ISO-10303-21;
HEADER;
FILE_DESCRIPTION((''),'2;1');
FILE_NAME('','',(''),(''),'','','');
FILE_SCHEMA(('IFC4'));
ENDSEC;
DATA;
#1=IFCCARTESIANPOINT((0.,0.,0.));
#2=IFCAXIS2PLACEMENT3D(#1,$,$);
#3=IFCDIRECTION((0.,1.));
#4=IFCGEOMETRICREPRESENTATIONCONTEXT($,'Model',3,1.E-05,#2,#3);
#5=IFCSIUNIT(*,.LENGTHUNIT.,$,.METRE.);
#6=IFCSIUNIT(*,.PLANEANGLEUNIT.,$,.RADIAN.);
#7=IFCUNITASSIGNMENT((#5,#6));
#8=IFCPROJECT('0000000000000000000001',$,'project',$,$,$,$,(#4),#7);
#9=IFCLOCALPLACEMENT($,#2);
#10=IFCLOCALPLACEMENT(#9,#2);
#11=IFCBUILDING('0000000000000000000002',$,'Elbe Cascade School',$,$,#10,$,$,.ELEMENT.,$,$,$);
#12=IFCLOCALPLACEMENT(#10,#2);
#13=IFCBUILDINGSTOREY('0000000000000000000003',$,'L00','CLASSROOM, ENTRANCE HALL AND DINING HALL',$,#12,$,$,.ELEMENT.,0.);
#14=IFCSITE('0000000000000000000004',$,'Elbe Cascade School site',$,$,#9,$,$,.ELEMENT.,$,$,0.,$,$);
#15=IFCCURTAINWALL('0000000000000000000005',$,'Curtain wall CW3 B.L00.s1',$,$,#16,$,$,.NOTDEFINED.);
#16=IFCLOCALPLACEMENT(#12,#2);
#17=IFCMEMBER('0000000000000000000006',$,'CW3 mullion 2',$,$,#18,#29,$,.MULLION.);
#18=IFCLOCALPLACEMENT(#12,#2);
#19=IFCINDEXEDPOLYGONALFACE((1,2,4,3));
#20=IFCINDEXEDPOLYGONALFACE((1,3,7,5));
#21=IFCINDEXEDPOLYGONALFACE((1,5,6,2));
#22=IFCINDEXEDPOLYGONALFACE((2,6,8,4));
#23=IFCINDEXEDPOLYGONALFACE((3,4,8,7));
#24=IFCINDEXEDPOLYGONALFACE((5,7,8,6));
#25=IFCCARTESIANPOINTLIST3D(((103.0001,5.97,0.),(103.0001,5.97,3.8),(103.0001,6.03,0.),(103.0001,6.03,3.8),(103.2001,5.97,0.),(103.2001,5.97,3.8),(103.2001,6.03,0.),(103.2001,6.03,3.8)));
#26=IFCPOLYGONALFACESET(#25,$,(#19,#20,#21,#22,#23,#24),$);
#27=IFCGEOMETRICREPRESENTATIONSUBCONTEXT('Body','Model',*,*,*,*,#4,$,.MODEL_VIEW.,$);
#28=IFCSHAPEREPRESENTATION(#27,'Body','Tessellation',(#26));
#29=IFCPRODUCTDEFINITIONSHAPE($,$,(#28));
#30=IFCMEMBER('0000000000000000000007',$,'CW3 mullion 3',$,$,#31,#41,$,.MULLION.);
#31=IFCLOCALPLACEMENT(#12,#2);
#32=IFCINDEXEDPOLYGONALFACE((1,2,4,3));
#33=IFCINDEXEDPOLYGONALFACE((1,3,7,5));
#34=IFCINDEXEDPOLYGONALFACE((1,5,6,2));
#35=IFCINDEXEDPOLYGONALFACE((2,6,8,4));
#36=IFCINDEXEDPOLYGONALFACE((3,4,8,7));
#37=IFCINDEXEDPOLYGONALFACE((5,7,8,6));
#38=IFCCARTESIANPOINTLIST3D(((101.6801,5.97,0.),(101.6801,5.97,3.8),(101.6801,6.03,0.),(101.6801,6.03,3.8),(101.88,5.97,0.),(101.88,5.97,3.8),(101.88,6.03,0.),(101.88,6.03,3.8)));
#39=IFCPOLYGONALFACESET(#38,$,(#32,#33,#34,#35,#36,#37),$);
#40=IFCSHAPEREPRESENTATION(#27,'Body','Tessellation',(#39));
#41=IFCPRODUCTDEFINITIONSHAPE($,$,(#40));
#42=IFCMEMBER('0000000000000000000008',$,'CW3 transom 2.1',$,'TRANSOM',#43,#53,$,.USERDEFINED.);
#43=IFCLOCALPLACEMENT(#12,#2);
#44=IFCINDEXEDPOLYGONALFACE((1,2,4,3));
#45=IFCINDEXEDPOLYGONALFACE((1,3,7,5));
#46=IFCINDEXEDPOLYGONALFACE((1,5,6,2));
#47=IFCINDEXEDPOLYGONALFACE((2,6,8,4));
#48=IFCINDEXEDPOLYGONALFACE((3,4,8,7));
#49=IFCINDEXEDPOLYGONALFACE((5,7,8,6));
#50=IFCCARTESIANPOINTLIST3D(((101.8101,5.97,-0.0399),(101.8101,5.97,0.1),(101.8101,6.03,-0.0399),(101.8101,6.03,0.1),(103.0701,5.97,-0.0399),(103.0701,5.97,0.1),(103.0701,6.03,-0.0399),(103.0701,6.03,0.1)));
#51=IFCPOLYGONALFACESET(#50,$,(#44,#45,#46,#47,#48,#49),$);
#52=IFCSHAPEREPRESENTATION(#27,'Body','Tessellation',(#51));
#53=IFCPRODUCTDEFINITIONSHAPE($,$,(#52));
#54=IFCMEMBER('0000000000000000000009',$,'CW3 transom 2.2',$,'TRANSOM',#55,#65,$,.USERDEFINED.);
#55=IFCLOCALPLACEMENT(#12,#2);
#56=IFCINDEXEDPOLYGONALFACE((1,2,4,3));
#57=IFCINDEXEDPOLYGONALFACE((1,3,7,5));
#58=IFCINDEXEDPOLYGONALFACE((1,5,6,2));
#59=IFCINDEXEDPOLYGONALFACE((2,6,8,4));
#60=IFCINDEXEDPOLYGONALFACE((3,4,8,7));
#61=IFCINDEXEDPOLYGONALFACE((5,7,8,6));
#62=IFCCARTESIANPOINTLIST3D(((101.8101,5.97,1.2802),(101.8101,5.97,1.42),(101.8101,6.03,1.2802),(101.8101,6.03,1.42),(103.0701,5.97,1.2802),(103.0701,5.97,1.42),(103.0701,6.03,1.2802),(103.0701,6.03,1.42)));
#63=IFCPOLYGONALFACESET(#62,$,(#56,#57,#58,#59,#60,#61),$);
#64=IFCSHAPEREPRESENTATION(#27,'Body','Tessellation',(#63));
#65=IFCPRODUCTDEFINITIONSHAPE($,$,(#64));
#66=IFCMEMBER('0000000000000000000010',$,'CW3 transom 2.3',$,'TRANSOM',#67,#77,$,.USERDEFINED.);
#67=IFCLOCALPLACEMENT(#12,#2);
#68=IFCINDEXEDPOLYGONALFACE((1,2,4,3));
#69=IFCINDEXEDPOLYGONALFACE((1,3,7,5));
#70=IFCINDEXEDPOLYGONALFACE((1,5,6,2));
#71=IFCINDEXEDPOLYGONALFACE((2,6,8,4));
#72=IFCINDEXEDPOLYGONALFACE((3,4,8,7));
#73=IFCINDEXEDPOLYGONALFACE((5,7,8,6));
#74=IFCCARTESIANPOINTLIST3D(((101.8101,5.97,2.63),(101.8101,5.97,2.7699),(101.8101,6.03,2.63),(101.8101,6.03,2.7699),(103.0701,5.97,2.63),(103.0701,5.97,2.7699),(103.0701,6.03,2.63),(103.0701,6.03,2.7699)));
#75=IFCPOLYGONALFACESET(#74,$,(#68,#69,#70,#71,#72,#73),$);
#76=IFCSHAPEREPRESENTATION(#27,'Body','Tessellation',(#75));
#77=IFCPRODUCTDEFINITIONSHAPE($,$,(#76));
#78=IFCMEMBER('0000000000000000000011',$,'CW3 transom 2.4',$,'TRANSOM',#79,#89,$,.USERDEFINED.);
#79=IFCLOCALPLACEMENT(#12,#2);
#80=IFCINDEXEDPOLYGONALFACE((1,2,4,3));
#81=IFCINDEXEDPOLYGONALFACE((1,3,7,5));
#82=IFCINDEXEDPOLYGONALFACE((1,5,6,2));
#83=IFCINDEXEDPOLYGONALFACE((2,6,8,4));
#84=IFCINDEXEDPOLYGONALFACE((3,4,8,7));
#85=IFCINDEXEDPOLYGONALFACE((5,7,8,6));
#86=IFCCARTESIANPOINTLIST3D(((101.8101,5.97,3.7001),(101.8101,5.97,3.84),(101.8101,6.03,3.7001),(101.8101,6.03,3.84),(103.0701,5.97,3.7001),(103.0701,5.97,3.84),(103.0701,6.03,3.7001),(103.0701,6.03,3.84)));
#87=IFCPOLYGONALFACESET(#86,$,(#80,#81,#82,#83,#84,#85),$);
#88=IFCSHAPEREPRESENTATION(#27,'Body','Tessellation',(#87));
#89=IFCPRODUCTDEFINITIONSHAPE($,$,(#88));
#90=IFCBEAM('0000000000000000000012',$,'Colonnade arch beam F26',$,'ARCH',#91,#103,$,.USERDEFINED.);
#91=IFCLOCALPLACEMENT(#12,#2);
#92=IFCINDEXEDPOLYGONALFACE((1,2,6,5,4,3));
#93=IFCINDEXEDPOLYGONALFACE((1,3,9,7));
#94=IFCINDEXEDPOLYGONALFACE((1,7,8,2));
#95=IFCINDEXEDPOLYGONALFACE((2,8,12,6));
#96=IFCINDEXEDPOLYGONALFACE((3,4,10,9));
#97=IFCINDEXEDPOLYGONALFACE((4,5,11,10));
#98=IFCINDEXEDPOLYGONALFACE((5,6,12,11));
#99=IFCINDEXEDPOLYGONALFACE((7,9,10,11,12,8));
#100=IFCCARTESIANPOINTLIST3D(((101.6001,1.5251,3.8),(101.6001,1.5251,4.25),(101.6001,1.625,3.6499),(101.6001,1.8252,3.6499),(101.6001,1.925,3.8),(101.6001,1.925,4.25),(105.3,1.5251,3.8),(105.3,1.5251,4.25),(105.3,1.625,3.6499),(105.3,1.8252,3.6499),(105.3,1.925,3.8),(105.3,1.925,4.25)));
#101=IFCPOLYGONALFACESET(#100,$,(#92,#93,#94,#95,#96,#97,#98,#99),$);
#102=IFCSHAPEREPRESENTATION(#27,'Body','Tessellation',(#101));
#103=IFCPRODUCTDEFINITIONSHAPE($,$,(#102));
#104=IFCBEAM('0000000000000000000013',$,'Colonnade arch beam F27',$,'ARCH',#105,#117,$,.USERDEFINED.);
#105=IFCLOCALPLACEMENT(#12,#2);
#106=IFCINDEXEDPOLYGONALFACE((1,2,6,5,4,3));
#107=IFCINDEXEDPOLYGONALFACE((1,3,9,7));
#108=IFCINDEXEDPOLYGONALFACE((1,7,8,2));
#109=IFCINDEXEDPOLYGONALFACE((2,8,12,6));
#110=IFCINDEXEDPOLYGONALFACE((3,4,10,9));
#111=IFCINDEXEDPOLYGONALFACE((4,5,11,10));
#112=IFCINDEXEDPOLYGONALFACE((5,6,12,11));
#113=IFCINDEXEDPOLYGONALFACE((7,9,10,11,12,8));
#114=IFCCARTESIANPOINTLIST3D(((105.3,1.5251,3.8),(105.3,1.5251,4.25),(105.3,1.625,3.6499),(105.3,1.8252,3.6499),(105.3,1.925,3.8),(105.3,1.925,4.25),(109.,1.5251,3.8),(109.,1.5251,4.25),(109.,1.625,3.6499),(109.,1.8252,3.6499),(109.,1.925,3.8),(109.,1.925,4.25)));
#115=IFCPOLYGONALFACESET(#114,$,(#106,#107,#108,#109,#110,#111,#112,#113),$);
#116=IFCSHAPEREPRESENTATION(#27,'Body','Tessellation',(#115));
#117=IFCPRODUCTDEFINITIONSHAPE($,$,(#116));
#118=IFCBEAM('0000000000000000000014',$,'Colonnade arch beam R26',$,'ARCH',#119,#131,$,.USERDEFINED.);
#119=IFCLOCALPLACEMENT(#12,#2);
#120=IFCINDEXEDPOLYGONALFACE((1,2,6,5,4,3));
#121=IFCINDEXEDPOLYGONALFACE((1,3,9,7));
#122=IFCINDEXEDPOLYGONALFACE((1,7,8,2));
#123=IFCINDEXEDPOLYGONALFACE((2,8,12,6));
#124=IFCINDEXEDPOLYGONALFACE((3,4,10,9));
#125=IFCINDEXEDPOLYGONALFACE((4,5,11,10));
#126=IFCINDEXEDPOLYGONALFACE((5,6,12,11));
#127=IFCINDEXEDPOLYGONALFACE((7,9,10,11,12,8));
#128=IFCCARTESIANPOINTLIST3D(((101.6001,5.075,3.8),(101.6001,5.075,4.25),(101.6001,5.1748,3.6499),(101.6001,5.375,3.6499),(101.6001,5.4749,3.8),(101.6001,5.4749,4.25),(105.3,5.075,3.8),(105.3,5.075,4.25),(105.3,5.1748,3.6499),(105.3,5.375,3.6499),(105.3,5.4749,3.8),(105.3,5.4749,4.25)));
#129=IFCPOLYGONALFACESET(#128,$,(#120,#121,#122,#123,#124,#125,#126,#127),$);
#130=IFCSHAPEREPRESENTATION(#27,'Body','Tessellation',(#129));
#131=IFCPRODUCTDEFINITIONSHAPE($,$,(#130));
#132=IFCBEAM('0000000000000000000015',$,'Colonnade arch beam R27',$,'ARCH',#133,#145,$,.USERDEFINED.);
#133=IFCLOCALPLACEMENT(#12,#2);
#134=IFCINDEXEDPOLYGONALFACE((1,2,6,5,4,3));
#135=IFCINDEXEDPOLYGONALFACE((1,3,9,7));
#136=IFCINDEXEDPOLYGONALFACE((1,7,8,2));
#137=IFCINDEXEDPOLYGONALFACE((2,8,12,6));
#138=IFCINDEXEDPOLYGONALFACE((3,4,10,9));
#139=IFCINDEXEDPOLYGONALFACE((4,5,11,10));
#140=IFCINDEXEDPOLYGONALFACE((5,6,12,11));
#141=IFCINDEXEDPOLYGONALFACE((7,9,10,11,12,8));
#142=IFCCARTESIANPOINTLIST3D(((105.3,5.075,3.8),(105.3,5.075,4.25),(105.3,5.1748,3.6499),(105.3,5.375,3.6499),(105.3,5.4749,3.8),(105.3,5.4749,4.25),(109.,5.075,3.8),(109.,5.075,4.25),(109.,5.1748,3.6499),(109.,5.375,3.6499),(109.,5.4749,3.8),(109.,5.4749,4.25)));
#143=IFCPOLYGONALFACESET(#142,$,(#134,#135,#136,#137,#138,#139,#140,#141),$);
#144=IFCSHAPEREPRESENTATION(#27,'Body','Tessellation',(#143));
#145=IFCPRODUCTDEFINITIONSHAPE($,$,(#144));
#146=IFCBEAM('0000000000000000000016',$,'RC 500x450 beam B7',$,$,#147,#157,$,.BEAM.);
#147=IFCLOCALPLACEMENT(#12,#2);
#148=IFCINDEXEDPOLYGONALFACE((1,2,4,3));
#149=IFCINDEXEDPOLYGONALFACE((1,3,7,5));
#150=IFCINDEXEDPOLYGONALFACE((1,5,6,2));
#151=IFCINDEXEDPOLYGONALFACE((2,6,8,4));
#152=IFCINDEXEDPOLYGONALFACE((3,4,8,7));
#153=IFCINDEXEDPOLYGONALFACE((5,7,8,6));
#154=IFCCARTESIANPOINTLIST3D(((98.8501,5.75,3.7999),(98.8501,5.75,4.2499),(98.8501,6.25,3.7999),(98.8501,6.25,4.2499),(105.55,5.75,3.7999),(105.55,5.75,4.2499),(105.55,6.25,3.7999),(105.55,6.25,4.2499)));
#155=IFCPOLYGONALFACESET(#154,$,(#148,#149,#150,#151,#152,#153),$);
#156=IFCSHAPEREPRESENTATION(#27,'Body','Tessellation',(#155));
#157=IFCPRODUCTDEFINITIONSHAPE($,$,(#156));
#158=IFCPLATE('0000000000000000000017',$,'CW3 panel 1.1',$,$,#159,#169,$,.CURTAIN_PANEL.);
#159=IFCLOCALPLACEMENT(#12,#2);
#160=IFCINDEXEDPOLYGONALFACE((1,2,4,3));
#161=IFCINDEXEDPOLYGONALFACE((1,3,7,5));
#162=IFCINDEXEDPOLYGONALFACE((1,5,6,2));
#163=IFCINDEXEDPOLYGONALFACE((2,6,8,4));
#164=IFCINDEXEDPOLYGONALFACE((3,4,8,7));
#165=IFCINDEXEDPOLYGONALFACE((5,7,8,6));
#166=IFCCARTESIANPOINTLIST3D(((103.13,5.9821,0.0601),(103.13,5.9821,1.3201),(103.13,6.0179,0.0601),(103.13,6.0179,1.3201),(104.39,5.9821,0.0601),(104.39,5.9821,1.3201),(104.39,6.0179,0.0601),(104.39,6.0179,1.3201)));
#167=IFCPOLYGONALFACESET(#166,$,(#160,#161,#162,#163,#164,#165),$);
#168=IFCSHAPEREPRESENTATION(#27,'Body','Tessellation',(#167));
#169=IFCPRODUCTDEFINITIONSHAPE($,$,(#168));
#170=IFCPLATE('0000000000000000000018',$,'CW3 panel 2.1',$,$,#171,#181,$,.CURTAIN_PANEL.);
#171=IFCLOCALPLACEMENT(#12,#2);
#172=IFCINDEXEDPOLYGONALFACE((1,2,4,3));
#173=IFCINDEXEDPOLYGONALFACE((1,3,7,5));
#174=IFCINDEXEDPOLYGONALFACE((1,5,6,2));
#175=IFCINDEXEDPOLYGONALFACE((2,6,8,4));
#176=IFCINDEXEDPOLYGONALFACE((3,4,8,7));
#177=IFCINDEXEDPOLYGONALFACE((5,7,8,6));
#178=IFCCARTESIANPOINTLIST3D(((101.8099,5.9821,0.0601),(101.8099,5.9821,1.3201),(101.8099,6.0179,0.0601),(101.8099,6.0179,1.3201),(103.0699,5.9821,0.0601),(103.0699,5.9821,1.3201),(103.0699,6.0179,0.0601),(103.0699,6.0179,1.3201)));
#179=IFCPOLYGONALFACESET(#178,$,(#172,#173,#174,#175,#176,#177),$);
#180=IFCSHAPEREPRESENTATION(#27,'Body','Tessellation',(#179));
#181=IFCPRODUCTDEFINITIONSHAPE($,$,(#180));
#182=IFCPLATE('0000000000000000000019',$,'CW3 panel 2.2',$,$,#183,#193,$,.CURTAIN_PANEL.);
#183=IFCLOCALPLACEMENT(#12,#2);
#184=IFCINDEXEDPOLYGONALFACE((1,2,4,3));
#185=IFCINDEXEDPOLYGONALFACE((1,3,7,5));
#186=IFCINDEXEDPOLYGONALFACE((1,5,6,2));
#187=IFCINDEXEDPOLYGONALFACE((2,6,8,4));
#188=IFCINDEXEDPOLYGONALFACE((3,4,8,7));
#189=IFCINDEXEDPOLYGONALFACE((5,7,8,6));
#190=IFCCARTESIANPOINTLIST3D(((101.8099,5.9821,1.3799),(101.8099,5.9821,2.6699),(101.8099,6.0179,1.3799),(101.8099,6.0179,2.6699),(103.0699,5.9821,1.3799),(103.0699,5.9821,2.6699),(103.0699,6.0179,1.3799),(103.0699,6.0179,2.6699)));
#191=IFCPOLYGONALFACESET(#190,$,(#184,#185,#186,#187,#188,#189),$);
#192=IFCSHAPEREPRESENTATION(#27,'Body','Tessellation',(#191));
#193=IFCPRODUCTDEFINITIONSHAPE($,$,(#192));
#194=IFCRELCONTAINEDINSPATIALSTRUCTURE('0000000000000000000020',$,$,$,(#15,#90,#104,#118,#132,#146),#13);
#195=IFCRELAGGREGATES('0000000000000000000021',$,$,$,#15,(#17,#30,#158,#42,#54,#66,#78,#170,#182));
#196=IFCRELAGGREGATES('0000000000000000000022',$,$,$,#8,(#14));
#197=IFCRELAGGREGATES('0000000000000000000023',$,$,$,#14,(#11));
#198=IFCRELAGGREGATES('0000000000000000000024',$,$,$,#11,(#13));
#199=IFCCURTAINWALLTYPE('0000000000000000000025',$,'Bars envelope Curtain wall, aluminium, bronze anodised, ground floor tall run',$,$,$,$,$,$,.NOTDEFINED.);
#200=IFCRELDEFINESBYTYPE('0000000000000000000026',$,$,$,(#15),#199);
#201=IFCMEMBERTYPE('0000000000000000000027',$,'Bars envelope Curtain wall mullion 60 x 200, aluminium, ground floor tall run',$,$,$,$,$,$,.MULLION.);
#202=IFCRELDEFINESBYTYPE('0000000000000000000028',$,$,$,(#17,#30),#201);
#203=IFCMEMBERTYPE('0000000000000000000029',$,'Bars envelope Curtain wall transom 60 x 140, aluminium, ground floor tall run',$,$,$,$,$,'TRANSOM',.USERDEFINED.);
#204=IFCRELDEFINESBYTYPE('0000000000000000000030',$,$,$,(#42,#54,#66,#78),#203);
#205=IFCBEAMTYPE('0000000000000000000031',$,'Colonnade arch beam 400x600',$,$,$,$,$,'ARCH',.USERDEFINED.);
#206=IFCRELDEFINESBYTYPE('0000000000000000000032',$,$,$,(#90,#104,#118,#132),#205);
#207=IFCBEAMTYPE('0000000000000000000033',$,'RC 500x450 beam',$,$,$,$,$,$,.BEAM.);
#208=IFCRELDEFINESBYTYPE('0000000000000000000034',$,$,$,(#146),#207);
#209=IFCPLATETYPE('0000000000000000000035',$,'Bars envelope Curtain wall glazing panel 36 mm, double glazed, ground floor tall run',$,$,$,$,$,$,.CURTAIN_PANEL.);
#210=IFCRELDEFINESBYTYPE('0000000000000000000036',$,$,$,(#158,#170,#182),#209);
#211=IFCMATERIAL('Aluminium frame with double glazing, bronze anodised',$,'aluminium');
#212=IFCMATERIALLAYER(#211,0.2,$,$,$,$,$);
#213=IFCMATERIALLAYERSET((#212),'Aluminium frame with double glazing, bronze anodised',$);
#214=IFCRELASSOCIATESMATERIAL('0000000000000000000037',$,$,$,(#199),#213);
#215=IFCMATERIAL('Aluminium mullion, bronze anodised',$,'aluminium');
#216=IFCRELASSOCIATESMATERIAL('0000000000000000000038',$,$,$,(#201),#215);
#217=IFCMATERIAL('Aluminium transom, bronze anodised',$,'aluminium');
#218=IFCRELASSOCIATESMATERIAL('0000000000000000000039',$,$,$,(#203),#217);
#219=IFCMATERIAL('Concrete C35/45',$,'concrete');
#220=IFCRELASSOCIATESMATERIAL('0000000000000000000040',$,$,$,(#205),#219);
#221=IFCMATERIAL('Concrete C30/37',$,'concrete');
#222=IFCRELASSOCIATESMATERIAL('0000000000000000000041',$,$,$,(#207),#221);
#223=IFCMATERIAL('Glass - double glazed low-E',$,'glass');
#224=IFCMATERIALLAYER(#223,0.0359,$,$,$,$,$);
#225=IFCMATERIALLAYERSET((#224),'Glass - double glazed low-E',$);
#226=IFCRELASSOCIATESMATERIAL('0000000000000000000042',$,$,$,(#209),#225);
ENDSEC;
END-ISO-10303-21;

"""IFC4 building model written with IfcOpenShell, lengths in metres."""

from ifc_helpers import new_model, si_unit, direction, frame, origin, origin_2d, place, context, subcontext, project, spatial, polyline, rectangle, outline, extrude, material, layer, layer_set, material_profile, profile_set, type_object, element, aggregate, save


model = new_model("IFC4")

# Units and contexts
model_context = context("Model", 3, precision=1e-05, world=origin(), true_north=direction((0.0, 1.0)))
body_context = subcontext(model_context, "Body", "Model", "MODEL_VIEW")
ifc_project = project(units=[si_unit("LENGTHUNIT", "METRE"), si_unit("PLANEANGLEUNIT", "RADIAN")], contexts=[model_context])

# Site, building, storey
site_placement = place(None, origin())
site = spatial("IfcSite", under=ifc_project, at=site_placement, Name="Elbe Cascade School site", CompositionType="ELEMENT", RefElevation=0.0)
building_placement = place(site_placement, origin())
building = spatial("IfcBuilding", under=site, at=building_placement, Name="Elbe Cascade School", CompositionType="ELEMENT")
storey_placement = place(building_placement, origin())
storey = spatial("IfcBuildingStorey", under=building, at=storey_placement, Name="L00", Description="CLASSROOM, ENTRANCE HALL AND DINING HALL", CompositionType="ELEMENT", Elevation=0.0)

# Curtain wall, members
ifc_material_1 = material(Name="Aluminium frame with double glazing, bronze anodised", Category="aluminium")
ifc_layer_1 = layer(ifc_material_1, 0.2)
ifc_layer_set_1 = layer_set([ifc_layer_1], Name="Aluminium frame with double glazing, bronze anodised")
curtain_wall_type = type_object("IfcCurtainWallType", Name="Bars envelope Curtain wall, aluminium, bronze anodised, ground floor tall run", PredefinedType="NOTDEFINED", material=ifc_layer_set_1)
curtain_wall_placement = place(storey_placement, origin())
curtain_wall = element("IfcCurtainWall", 1, at=curtain_wall_placement, inside=storey, type_object=curtain_wall_type, Name="Curtain wall CW3 B.L00.s1", PredefinedType="NOTDEFINED")
ifc_material_2 = material(Name="Aluminium mullion, bronze anodised", Category="aluminium")
ifc_material_profile_1 = material_profile(ifc_material_2, rectangle(XDim=0.0601, YDim=0.2, at=origin_2d()), Name="Bars envelope Curtain wall mullion 60 x 200, aluminium, ground floor tall run")
ifc_profile_set_1 = profile_set([ifc_material_profile_1], Name="Aluminium mullion, bronze anodised")
member_type_1 = type_object("IfcMemberType", Name="Bars envelope Curtain wall mullion 60 x 200, aluminium, ground floor tall run", PredefinedType="MULLION", material=ifc_profile_set_1)
member_1_placement = place(storey_placement, frame((103.1001, 6.0, 0.0), z_axis=(0.0, 0.0, 1.0), x_axis=(0.0, -1.0, 0.0)))
member_1 = element("IfcMember", 2, at=member_1_placement, type_object=member_type_1, Name="CW3 mullion 2", PredefinedType="MULLION", context=body_context, shape_type="SweptSolid", body=[
    extrude(rectangle(XDim=0.0601, YDim=0.2, at=origin_2d()), origin(), (0.0, 0.0, 1.0), 3.8),
])
member_2_placement = place(storey_placement, frame((101.78, 6.0, 0.0), z_axis=(0.0, 0.0, 1.0), x_axis=(0.0, -1.0, 0.0)))
member_2 = element("IfcMember", 3, at=member_2_placement, type_object=member_type_1, Name="CW3 mullion 3", PredefinedType="MULLION", context=body_context, shape_type="SweptSolid", body=[
    extrude(rectangle(XDim=0.0601, YDim=0.2, at=origin_2d()), origin(), (0.0, 0.0, 1.0), 3.8),
])
ifc_material_3 = material(Name="Aluminium transom, bronze anodised", Category="aluminium")
ifc_material_profile_2 = material_profile(ifc_material_3, rectangle(XDim=0.0601, YDim=0.1399, at=origin_2d()), Name="Bars envelope Curtain wall transom 60 x 140, aluminium, ground floor tall run")
ifc_profile_set_2 = profile_set([ifc_material_profile_2], Name="Aluminium transom, bronze anodised")
member_type_2 = type_object("IfcMemberType", Name="Bars envelope Curtain wall transom 60 x 140, aluminium, ground floor tall run", ElementType="TRANSOM", PredefinedType="USERDEFINED", material=ifc_profile_set_2)
member_3_placement = place(storey_placement, frame((103.0701, 6.0, 0.03), z_axis=(-1.0, 0.0, 0.0), x_axis=(0.0, -1.0, 0.0)))
member_3 = element("IfcMember", 4, at=member_3_placement, type_object=member_type_2, Name="CW3 transom 2.1", ObjectType="TRANSOM", PredefinedType="USERDEFINED", context=body_context, shape_type="SweptSolid", body=[
    extrude(rectangle(XDim=0.0601, YDim=0.1399, at=origin_2d()), origin(), (0.0, 0.0, 1.0), 1.26),
])
member_4_placement = place(storey_placement, frame((103.0701, 6.0, 1.3501), z_axis=(-1.0, 0.0, 0.0), x_axis=(0.0, -1.0, 0.0)))
member_4 = element("IfcMember", 5, at=member_4_placement, type_object=member_type_2, Name="CW3 transom 2.2", ObjectType="TRANSOM", PredefinedType="USERDEFINED", context=body_context, shape_type="SweptSolid", body=[
    extrude(rectangle(XDim=0.0601, YDim=0.1399, at=origin_2d()), origin(), (0.0, 0.0, 1.0), 1.26),
])
member_5_placement = place(storey_placement, frame((103.0701, 6.0, 2.7), z_axis=(-1.0, 0.0, 0.0), x_axis=(0.0, -1.0, 0.0)))
member_5 = element("IfcMember", 6, at=member_5_placement, type_object=member_type_2, Name="CW3 transom 2.3", ObjectType="TRANSOM", PredefinedType="USERDEFINED", context=body_context, shape_type="SweptSolid", body=[
    extrude(rectangle(XDim=0.0601, YDim=0.1399, at=origin_2d()), origin(), (0.0, 0.0, 1.0), 1.26),
])
member_6_placement = place(storey_placement, frame((103.0701, 6.0, 3.77), z_axis=(-1.0, 0.0, 0.0), x_axis=(0.0, -1.0, 0.0)))
member_6 = element("IfcMember", 7, at=member_6_placement, type_object=member_type_2, Name="CW3 transom 2.4", ObjectType="TRANSOM", PredefinedType="USERDEFINED", context=body_context, shape_type="SweptSolid", body=[
    extrude(rectangle(XDim=0.0601, YDim=0.1399, at=origin_2d()), origin(), (0.0, 0.0, 1.0), 1.26),
])

# Beams
ifc_material_4 = material(Name="Concrete C35/45", Category="concrete")
ifc_material_profile_3 = material_profile(ifc_material_4, outline(polyline([(-0.2, 0.3), (0.2, 0.3), (0.2, -0.1499), (0.1001, -0.3), (-0.1001, -0.3), (-0.2, -0.1499), (-0.2, 0.3)])), Name="RC arch 400x600")
ifc_profile_set_3 = profile_set([ifc_material_profile_3], Name="Concrete C35/45")
beam_type_1 = type_object("IfcBeamType", Name="Colonnade arch beam 400x600", ElementType="ARCH", PredefinedType="USERDEFINED", material=ifc_profile_set_3)
for number, where, z_axis, x_axis, name in (
    (8, (101.6001, 1.7251, 3.95), (1.0, 0.0, 0.0), (0.0, 1.0, 0.0), "Colonnade arch beam F26"),
    (9, (105.3, 1.7251, 3.95), (1.0, 0.0, 0.0), (0.0, 1.0, 0.0), "Colonnade arch beam F27"),
    (10, (101.6001, 5.2749, 3.95), (1.0, 0.0, 0.0), (0.0, 1.0, 0.0), "Colonnade arch beam R26"),
    (11, (105.3, 5.2749, 3.95), (1.0, 0.0, 0.0), (0.0, 1.0, 0.0), "Colonnade arch beam R27"),
):
    element("IfcBeam", number, at=place(storey_placement, frame(where, z_axis=z_axis, x_axis=x_axis)), inside=storey, type_object=beam_type_1, Name=name, ObjectType="ARCH", PredefinedType="USERDEFINED", context=body_context, shape_type="SweptSolid", body=[
        extrude(outline(polyline([(-0.2, 0.3), (0.2, 0.3), (0.2, -0.1499), (0.1001, -0.3), (-0.1001, -0.3), (-0.2, -0.1499), (-0.2, 0.3)])), origin(), (0.0, 0.0, 1.0), 3.7),
    ])
ifc_material_5 = material(Name="Concrete C30/37", Category="concrete")
ifc_material_profile_4 = material_profile(ifc_material_5, rectangle(XDim=0.5, YDim=0.45, at=origin_2d()), Name="RC 500x450")
ifc_profile_set_4 = profile_set([ifc_material_profile_4], Name="Concrete C30/37")
beam_type_2 = type_object("IfcBeamType", Name="RC 500x450 beam", PredefinedType="BEAM", material=ifc_profile_set_4)
beam_placement = place(storey_placement, frame((98.8501, 6.0, 4.0249), z_axis=(1.0, 0.0, 0.0), x_axis=(0.0, 1.0, 0.0)))
element("IfcBeam", 12, at=beam_placement, inside=storey, type_object=beam_type_2, Name="RC 500x450 beam B7", PredefinedType="BEAM", context=body_context, shape_type="SweptSolid", body=[
    extrude(rectangle(XDim=0.5, YDim=0.45, at=origin_2d()), origin(), (0.0, 0.0, 1.0), 6.7),
])

# Plates
ifc_material_6 = material(Name="Glass - double glazed low-E", Category="glass")
ifc_layer_2 = layer(ifc_material_6, 0.0359)
ifc_layer_set_2 = layer_set([ifc_layer_2], Name="Glass - double glazed low-E")
plate_type = type_object("IfcPlateType", Name="Bars envelope Curtain wall glazing panel 36 mm, double glazed, ground floor tall run", PredefinedType="CURTAIN_PANEL", material=ifc_layer_set_2)
plate_1_placement = place(storey_placement, frame((103.76, 6.0, 0.0601), z_axis=(0.0, 0.0, 1.0), x_axis=(-1.0, 0.0, 0.0)))
plate_1 = element("IfcPlate", 13, at=plate_1_placement, type_object=plate_type, Name="CW3 panel 1.1", PredefinedType="CURTAIN_PANEL", context=body_context, shape_type="SweptSolid", body=[
    extrude(rectangle(XDim=1.26, YDim=0.0359, at=origin_2d()), origin(), (0.0, 0.0, 1.0), 1.26),
])
plate_2_placement = place(storey_placement, frame((102.4399, 6.0, 0.0601), z_axis=(0.0, 0.0, 1.0), x_axis=(-1.0, 0.0, 0.0)))
plate_2 = element("IfcPlate", 14, at=plate_2_placement, type_object=plate_type, Name="CW3 panel 2.1", PredefinedType="CURTAIN_PANEL", context=body_context, shape_type="SweptSolid", body=[
    extrude(rectangle(XDim=1.26, YDim=0.0359, at=origin_2d()), origin(), (0.0, 0.0, 1.0), 1.26),
])
plate_3_placement = place(storey_placement, frame((102.4399, 6.0, 1.3799), z_axis=(0.0, 0.0, 1.0), x_axis=(-1.0, 0.0, 0.0)))
plate_3 = element("IfcPlate", 15, at=plate_3_placement, type_object=plate_type, Name="CW3 panel 2.2", PredefinedType="CURTAIN_PANEL", context=body_context, shape_type="SweptSolid", body=[
    extrude(rectangle(XDim=1.26, YDim=0.0359, at=origin_2d()), origin(), (0.0, 0.0, 1.0), 1.29),
])
aggregate(curtain_wall, [member_1, member_2, plate_1, member_3, member_4, member_5, member_6, plate_2, plate_3])

save(model, "model.ifc")
